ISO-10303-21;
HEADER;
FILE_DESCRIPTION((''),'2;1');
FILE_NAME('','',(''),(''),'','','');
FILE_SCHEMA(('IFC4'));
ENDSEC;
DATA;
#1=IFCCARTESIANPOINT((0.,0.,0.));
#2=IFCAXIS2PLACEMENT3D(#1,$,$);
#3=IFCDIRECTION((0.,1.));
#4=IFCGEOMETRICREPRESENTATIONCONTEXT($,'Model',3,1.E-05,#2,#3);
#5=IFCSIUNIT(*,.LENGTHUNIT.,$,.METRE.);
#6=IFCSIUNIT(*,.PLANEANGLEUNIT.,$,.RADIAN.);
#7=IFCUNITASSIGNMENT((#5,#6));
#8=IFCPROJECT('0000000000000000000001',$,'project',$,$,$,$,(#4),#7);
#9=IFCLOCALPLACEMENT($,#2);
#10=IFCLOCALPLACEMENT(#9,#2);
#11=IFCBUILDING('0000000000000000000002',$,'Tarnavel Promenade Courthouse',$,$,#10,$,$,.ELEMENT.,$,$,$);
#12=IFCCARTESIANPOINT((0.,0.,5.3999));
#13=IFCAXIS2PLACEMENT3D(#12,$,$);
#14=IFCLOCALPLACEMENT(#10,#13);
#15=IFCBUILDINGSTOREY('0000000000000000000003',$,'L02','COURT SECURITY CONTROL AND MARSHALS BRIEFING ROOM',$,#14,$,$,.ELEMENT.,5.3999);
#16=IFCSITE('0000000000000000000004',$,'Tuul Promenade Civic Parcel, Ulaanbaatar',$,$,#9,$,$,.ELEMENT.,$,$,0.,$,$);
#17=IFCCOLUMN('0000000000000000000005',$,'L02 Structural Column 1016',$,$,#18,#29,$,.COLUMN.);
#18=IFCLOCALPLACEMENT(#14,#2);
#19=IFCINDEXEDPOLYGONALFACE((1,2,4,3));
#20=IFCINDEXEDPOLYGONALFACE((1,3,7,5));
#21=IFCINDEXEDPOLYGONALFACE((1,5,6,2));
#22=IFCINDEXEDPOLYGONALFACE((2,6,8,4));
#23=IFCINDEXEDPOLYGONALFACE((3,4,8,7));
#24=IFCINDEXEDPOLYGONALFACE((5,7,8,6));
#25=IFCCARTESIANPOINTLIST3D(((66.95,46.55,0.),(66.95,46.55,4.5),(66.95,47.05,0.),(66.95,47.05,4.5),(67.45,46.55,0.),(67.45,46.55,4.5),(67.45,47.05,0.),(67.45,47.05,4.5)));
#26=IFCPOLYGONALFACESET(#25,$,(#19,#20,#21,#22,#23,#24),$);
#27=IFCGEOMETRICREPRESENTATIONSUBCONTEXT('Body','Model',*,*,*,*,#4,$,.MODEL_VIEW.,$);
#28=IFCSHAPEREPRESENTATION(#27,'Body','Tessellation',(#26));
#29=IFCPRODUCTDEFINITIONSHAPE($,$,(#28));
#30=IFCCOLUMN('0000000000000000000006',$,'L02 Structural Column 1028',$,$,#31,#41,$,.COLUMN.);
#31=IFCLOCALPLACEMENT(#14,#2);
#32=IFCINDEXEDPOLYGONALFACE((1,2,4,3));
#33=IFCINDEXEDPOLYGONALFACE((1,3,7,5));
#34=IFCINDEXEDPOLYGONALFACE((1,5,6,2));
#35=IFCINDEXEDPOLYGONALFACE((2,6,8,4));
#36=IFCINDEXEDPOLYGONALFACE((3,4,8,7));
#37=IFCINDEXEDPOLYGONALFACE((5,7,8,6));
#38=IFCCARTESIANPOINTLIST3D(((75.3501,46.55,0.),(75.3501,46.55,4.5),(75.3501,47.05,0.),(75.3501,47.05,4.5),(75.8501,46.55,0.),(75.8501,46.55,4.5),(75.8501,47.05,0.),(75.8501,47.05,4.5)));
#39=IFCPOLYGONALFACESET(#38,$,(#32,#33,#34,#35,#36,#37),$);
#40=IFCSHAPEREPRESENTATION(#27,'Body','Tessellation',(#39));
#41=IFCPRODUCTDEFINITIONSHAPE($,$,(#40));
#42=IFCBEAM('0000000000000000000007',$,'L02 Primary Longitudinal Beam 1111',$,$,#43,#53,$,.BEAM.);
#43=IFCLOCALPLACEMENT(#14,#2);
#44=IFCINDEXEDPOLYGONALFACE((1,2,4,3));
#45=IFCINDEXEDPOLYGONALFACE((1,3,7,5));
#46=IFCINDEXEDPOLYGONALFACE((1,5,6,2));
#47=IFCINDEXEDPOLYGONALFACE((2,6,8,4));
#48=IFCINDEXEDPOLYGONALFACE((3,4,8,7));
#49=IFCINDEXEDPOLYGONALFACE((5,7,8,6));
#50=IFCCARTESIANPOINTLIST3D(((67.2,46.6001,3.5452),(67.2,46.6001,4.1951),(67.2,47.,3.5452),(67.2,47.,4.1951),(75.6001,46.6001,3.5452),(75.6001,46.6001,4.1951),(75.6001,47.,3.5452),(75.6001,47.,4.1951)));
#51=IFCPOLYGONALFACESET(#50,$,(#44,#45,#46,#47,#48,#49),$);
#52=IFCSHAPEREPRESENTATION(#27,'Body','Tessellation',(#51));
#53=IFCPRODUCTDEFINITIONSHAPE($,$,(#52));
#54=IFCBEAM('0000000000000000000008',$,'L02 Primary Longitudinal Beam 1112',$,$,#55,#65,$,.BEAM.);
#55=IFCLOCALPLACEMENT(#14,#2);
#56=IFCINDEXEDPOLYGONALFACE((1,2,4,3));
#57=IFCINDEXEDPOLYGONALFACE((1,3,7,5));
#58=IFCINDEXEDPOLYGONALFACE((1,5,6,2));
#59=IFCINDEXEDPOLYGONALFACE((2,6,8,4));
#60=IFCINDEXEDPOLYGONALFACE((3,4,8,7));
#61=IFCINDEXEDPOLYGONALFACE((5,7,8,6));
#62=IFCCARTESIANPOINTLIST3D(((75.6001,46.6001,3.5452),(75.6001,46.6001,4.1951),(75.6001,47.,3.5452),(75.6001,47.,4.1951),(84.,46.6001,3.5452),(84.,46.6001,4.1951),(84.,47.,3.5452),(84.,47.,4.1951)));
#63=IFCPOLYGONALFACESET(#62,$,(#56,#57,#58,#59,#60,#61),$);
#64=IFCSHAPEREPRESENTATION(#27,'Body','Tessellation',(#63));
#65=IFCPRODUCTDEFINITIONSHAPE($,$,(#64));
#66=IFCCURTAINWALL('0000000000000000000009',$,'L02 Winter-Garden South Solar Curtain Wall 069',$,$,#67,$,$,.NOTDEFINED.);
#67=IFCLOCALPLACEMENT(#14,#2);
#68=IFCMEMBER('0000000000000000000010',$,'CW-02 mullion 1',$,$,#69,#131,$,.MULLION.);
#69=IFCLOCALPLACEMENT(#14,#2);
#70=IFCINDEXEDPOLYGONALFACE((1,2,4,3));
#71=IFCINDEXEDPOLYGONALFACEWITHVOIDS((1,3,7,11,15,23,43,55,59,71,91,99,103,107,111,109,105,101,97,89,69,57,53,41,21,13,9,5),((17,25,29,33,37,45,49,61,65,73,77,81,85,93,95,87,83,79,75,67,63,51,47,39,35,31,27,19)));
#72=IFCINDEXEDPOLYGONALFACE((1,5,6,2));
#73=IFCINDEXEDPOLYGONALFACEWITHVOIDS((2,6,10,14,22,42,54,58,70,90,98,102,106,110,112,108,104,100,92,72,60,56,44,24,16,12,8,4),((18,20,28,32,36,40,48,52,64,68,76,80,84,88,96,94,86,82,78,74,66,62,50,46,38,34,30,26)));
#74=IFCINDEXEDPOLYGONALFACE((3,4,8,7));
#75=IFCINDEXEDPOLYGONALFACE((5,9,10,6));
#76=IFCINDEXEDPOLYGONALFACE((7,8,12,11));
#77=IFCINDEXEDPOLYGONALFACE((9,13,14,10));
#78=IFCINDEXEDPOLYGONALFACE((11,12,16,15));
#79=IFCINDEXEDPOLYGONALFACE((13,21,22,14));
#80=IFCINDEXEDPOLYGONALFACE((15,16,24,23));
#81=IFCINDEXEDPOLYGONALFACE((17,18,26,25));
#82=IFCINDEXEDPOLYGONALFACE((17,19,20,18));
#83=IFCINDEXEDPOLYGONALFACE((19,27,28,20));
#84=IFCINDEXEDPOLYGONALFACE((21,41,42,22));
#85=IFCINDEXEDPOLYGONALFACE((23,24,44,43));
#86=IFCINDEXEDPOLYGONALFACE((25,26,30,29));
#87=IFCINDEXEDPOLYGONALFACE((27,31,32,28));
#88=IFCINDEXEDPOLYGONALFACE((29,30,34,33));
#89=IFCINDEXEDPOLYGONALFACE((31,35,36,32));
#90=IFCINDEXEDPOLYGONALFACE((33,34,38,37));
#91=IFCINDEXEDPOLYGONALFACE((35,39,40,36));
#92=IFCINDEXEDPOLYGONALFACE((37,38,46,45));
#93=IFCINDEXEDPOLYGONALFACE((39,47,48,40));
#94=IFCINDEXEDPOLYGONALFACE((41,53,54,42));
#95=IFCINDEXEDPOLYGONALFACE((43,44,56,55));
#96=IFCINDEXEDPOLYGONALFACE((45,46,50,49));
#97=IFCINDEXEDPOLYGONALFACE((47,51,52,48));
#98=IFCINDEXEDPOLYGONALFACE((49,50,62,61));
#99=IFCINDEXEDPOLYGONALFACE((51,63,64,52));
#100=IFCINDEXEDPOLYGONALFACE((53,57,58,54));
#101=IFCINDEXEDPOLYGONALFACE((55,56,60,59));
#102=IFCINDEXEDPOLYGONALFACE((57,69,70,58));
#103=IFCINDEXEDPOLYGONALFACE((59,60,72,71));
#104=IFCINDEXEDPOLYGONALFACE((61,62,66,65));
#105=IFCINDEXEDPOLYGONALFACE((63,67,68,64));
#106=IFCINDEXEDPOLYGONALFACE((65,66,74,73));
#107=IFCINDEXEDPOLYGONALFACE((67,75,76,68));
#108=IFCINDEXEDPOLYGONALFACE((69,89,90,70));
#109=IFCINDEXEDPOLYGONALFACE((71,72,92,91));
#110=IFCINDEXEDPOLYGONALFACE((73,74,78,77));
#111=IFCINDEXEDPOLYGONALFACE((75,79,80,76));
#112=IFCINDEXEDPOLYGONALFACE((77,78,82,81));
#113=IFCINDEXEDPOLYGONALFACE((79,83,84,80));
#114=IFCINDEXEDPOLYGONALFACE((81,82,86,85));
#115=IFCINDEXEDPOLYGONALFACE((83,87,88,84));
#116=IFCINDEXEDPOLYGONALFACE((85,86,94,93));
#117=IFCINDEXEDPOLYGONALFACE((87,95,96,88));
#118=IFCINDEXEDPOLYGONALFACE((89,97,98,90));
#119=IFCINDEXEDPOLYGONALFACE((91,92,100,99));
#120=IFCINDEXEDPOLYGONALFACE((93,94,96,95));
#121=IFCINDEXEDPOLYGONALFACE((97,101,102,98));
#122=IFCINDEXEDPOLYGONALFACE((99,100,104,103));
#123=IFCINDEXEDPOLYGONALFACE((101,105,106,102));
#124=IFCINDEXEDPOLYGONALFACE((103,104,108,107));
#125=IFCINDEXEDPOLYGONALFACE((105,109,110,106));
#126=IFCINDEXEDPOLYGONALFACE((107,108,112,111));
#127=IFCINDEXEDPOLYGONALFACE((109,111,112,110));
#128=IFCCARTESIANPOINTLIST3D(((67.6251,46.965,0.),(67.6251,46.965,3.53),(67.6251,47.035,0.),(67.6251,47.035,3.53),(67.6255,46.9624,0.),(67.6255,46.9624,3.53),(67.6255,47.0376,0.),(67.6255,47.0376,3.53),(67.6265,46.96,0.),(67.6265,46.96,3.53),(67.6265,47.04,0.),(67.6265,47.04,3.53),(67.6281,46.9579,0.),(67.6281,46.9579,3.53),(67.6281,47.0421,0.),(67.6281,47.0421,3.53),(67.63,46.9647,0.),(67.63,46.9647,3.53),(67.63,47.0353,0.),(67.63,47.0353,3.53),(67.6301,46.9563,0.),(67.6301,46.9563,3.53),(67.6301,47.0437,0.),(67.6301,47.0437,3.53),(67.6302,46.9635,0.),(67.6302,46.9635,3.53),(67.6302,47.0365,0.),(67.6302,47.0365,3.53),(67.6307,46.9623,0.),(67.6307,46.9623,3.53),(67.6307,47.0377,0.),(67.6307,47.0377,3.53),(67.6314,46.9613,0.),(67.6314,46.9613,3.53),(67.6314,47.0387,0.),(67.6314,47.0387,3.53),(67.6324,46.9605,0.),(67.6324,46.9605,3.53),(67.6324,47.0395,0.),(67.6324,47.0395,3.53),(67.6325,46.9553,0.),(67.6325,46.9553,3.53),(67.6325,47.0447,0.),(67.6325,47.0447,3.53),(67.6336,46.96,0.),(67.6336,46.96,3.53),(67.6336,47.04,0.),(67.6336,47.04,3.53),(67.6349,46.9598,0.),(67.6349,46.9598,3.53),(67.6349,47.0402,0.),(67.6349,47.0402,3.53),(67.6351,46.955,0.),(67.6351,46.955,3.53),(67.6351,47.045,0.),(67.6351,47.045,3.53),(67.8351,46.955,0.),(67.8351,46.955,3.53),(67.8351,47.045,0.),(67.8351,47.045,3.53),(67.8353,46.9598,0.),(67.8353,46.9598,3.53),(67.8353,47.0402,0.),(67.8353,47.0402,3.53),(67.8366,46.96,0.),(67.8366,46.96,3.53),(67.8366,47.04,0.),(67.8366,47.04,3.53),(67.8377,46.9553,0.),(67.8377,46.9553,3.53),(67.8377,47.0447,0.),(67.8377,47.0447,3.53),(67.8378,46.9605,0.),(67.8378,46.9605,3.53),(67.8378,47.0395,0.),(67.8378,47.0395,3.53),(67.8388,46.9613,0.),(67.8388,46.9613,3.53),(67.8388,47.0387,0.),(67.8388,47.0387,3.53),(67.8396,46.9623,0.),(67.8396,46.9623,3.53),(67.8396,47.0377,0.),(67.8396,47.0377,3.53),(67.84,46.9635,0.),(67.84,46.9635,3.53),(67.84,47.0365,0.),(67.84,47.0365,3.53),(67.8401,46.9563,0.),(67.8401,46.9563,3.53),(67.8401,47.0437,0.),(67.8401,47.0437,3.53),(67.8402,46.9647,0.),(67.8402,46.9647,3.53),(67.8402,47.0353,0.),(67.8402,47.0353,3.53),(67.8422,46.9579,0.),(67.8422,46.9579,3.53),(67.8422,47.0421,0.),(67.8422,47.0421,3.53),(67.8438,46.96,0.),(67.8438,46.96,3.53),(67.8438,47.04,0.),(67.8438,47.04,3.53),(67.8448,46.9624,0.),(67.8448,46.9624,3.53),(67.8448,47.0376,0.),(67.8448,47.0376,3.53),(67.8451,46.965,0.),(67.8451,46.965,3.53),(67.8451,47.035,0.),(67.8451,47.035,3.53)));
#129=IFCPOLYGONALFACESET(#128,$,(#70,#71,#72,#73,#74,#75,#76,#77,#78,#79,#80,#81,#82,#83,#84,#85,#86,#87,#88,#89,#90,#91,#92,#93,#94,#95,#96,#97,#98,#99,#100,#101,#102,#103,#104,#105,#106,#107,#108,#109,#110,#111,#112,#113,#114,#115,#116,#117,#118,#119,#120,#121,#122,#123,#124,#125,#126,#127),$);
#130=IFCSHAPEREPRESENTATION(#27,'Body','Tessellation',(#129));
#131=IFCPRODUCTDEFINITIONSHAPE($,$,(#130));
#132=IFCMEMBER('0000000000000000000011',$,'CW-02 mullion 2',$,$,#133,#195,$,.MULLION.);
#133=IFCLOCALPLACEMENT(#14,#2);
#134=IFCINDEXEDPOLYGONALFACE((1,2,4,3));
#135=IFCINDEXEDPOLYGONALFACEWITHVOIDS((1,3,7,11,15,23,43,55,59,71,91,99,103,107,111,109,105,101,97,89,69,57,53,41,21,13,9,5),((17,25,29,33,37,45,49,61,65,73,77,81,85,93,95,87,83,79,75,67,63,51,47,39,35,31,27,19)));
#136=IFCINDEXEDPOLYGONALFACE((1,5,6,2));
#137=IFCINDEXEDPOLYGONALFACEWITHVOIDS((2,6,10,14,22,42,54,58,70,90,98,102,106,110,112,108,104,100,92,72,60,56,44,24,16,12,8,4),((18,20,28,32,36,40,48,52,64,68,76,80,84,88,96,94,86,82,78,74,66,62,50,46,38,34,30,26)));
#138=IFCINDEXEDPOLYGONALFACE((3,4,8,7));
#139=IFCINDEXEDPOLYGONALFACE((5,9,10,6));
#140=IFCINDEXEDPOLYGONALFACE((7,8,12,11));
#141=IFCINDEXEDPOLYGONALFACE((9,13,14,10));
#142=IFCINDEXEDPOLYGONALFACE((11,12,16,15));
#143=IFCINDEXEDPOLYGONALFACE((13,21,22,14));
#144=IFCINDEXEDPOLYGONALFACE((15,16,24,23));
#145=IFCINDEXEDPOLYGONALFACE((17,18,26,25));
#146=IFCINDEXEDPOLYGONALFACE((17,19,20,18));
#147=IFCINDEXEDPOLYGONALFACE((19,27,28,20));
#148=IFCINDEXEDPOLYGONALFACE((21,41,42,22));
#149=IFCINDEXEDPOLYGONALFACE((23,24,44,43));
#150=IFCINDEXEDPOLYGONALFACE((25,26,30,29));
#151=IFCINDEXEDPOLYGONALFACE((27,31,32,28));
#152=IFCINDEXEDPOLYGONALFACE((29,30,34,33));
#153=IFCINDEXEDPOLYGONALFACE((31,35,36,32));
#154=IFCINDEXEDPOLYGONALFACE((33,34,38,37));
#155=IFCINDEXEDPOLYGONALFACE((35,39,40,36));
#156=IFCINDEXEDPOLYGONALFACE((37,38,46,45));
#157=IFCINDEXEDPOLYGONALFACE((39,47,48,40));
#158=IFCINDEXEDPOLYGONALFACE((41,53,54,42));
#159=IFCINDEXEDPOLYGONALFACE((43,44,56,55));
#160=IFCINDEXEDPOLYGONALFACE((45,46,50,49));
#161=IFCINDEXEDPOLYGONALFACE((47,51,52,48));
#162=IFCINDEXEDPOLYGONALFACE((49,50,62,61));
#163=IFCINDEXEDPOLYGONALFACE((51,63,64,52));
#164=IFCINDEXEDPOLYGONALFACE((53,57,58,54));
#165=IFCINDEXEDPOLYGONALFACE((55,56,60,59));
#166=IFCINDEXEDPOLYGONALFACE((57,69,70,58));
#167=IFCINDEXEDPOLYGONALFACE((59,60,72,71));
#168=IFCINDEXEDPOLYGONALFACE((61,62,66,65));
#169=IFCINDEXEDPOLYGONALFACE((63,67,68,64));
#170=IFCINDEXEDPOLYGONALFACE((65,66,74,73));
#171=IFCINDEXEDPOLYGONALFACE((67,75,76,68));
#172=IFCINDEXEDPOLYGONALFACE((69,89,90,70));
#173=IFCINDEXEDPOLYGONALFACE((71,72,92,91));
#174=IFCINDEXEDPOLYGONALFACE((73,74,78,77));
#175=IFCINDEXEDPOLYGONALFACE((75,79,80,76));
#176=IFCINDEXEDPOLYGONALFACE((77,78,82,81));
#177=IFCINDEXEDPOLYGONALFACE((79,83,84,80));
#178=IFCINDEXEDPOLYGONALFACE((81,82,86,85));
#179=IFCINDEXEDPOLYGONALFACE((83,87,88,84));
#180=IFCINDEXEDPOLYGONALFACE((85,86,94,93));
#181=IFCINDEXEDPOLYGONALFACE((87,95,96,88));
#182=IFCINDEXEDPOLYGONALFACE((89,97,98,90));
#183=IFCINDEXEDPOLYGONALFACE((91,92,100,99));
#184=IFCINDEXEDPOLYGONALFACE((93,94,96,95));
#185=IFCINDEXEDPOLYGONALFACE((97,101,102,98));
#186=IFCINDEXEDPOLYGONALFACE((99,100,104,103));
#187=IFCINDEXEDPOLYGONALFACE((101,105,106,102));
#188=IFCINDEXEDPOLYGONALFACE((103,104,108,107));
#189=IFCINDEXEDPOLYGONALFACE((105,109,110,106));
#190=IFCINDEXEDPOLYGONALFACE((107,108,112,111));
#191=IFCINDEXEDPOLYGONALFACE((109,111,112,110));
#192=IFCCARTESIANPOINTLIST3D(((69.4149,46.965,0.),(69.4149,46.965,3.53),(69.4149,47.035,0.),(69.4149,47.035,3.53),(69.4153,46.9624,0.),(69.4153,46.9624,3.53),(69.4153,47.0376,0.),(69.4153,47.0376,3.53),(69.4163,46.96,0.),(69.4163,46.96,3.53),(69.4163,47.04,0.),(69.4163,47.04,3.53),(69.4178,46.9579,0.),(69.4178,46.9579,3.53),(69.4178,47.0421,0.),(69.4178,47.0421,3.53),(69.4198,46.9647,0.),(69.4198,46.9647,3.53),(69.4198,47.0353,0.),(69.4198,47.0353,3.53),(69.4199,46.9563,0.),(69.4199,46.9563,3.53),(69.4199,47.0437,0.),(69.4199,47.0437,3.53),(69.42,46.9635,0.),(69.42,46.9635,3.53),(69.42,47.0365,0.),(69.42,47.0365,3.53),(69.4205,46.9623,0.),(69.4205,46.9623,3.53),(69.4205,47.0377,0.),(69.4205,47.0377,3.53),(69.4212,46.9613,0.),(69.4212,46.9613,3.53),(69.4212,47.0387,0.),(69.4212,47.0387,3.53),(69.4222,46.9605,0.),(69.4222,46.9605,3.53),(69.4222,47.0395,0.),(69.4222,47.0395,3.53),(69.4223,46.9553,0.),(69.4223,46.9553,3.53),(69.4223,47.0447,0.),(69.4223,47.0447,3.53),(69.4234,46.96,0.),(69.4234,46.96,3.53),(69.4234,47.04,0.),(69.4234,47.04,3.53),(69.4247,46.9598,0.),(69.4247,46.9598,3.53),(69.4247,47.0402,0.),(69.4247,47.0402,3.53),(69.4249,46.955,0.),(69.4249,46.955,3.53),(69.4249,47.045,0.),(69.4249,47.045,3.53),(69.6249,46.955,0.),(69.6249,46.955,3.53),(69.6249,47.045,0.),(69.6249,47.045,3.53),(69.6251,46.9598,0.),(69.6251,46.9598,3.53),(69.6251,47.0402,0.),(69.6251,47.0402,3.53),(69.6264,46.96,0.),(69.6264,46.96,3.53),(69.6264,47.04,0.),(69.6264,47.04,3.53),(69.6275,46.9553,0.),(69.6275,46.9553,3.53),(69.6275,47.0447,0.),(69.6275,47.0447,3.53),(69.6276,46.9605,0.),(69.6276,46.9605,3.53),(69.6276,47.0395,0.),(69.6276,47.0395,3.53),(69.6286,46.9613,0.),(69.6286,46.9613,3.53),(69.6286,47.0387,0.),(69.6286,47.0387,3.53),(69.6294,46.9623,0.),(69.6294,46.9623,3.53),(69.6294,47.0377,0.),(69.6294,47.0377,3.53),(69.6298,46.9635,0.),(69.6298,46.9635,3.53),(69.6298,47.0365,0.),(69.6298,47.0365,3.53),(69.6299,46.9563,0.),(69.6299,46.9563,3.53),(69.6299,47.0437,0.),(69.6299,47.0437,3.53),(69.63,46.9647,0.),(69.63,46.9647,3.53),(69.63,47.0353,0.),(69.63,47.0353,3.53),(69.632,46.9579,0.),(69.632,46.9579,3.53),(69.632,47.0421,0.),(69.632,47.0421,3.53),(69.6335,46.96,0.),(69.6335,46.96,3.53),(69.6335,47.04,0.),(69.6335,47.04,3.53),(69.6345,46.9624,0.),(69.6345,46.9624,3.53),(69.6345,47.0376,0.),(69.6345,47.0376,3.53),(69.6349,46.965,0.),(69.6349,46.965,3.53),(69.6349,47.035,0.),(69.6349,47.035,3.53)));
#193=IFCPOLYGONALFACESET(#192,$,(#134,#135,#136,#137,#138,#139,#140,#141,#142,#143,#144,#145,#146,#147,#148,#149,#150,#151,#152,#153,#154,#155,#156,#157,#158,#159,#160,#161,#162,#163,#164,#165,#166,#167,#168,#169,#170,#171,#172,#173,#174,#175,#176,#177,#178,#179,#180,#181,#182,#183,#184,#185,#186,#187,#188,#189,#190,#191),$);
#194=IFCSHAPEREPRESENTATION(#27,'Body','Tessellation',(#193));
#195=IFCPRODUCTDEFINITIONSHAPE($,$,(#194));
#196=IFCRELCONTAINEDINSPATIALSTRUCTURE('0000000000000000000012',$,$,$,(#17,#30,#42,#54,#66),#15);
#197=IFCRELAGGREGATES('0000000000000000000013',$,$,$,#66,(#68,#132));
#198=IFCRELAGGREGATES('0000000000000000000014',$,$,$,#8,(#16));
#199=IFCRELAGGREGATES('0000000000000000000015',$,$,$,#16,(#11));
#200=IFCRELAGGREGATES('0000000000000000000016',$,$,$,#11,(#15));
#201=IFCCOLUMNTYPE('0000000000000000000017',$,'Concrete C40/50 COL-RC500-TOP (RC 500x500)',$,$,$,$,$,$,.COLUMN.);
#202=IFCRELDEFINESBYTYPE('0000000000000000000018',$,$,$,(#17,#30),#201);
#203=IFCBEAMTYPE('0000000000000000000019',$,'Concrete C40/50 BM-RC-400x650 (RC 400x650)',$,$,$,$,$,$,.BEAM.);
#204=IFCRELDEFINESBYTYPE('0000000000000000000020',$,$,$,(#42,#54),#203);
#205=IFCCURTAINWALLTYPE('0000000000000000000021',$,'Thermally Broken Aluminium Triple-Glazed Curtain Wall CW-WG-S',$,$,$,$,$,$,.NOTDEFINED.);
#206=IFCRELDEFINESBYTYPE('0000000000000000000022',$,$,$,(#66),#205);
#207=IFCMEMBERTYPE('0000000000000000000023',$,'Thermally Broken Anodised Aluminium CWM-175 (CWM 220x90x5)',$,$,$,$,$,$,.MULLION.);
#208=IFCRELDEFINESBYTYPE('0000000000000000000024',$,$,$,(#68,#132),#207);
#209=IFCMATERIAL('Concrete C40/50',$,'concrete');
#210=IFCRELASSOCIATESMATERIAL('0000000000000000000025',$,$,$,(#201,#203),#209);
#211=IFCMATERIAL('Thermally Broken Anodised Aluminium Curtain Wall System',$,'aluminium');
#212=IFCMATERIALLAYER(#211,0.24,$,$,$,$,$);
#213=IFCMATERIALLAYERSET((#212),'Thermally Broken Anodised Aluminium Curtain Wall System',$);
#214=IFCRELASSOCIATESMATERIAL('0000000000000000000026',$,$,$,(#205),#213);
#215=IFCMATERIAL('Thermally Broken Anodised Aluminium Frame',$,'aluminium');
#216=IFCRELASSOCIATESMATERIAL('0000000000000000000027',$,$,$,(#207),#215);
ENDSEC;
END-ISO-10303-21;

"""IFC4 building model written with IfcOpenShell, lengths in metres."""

from ifc_helpers import new_model, si_unit, direction, frame, origin, origin_2d, place, context, subcontext, project, spatial, rectangle, hollow_rectangle, extrude, material, layer, layer_set, material_profile, profile_set, type_object, element, aggregate, save


model = new_model("IFC4")

# Units and contexts
model_context = context("Model", 3, precision=1e-05, world=origin(), true_north=direction((0.0, 1.0)))
body_context = subcontext(model_context, "Body", "Model", "MODEL_VIEW")
ifc_project = project(units=[si_unit("LENGTHUNIT", "METRE"), si_unit("PLANEANGLEUNIT", "RADIAN")], contexts=[model_context])

# Site, building, storey
site_placement = place(None, origin())
site = spatial("IfcSite", under=ifc_project, at=site_placement, Name="Tuul Promenade Civic Parcel, Ulaanbaatar", CompositionType="ELEMENT", RefElevation=0.0)
building_placement = place(site_placement, origin())
building = spatial("IfcBuilding", under=site, at=building_placement, Name="Tarnavel Promenade Courthouse", CompositionType="ELEMENT")
storey_placement = place(building_placement, frame((0.0, 0.0, 5.3999)))
storey = spatial("IfcBuildingStorey", under=building, at=storey_placement, Name="L02", Description="COURT SECURITY CONTROL AND MARSHALS BRIEFING ROOM", CompositionType="ELEMENT", Elevation=5.3999)

# Columns
ifc_material_1 = material(Name="Concrete C40/50", Category="concrete")
ifc_material_profile_1 = material_profile(ifc_material_1, rectangle(XDim=0.5, YDim=0.5, at=origin_2d()), Name="RC 500x500")
ifc_profile_set_1 = profile_set([ifc_material_profile_1], Name="Concrete C40/50")
column_type = type_object("IfcColumnType", Name="Concrete C40/50 COL-RC500-TOP (RC 500x500)", PredefinedType="COLUMN", material=ifc_profile_set_1)
for number, where, z_axis, x_axis, name in (
    (1, (67.2, 46.8, 0.0), (0.0, 0.0, 1.0), (1.0, 0.0, 0.0), "L02 Structural Column 1016"),
    (2, (75.6001, 46.8, 0.0), (0.0, 0.0, 1.0), (1.0, 0.0, 0.0), "L02 Structural Column 1028"),
):
    element("IfcColumn", number, at=place(storey_placement, frame(where, z_axis=z_axis, x_axis=x_axis)), inside=storey, type_object=column_type, Name=name, PredefinedType="COLUMN", context=body_context, shape_type="SweptSolid", body=[
        extrude(rectangle(XDim=0.5, YDim=0.5, at=origin_2d()), origin(), (0.0, 0.0, 1.0), 4.5),
    ])

# Beams
ifc_material_profile_2 = material_profile(ifc_material_1, rectangle(XDim=0.3999, YDim=0.6499, at=origin_2d()), Name="RC 400x650")
ifc_profile_set_2 = profile_set([ifc_material_profile_2], Name="Concrete C40/50")
beam_type = type_object("IfcBeamType", Name="Concrete C40/50 BM-RC-400x650 (RC 400x650)", PredefinedType="BEAM", material=ifc_profile_set_2)
beam_1_placement = place(storey_placement, frame((67.2, 46.8, 3.8701), z_axis=(1.0, 0.0, 0.0), x_axis=(0.0, 1.0, 0.0)))
element("IfcBeam", 3, at=beam_1_placement, inside=storey, type_object=beam_type, Name="L02 Primary Longitudinal Beam 1111", PredefinedType="BEAM", context=body_context, shape_type="SweptSolid", body=[
    extrude(rectangle(XDim=0.3999, YDim=0.6499, at=origin_2d()), origin(), (0.0, 0.0, 1.0), 8.4001),
])
beam_2_placement = place(storey_placement, frame((75.6001, 46.8, 3.8701), z_axis=(1.0, 0.0, 0.0), x_axis=(0.0, 1.0, 0.0)))
element("IfcBeam", 4, at=beam_2_placement, inside=storey, type_object=beam_type, Name="L02 Primary Longitudinal Beam 1112", PredefinedType="BEAM", context=body_context, shape_type="SweptSolid", body=[
    extrude(rectangle(XDim=0.3999, YDim=0.6499, at=origin_2d()), origin(), (0.0, 0.0, 1.0), 8.3999),
])

# Curtain wall, members
ifc_material_2 = material(Name="Thermally Broken Anodised Aluminium Curtain Wall System", Category="aluminium")
ifc_layer_1 = layer(ifc_material_2, 0.24)
ifc_layer_set_1 = layer_set([ifc_layer_1], Name="Thermally Broken Anodised Aluminium Curtain Wall System")
curtain_wall_type = type_object("IfcCurtainWallType", Name="Thermally Broken Aluminium Triple-Glazed Curtain Wall CW-WG-S", PredefinedType="NOTDEFINED", material=ifc_layer_set_1)
curtain_wall_1_placement = place(storey_placement, origin())
curtain_wall_1 = element("IfcCurtainWall", 5, at=curtain_wall_1_placement, inside=storey, type_object=curtain_wall_type, Name="L02 Winter-Garden South Solar Curtain Wall 069", PredefinedType="NOTDEFINED")
ifc_material_3 = material(Name="Thermally Broken Anodised Aluminium Frame", Category="aluminium")
ifc_material_profile_3 = material_profile(ifc_material_3, hollow_rectangle(XDim=0.0901, YDim=0.22, WallThickness=0.0049, InnerFilletRadius=0.0049, OuterFilletRadius=0.01, at=origin_2d()), Name="CWM 220x90x5")
ifc_profile_set_3 = profile_set([ifc_material_profile_3], Name="Thermally Broken Anodised Aluminium Frame")
member_type_1 = type_object("IfcMemberType", Name="Thermally Broken Anodised Aluminium CWM-175 (CWM 220x90x5)", PredefinedType="MULLION", material=ifc_profile_set_3)
member_1_placement = place(storey_placement, frame((67.7351, 47.0, 0.0), z_axis=(0.0, 0.0, 1.0), x_axis=(0.0, 1.0, 0.0)))
member_1 = element("IfcMember", 6, at=member_1_placement, type_object=member_type_1, Name="CW-02 mullion 1", PredefinedType="MULLION", context=body_context, shape_type="SweptSolid", body=[
    extrude(hollow_rectangle(XDim=0.0901, YDim=0.22, WallThickness=0.0049, InnerFilletRadius=0.0049, OuterFilletRadius=0.01, at=origin_2d()), origin(), (0.0, 0.0, 1.0), 3.53),
])
member_2_placement = place(storey_placement, frame((69.5249, 47.0, 0.0), z_axis=(0.0, 0.0, 1.0), x_axis=(0.0, 1.0, 0.0)))
member_2 = element("IfcMember", 7, at=member_2_placement, type_object=member_type_1, Name="CW-02 mullion 2", PredefinedType="MULLION", context=body_context, shape_type="SweptSolid", body=[
    extrude(hollow_rectangle(XDim=0.0901, YDim=0.22, WallThickness=0.0049, InnerFilletRadius=0.0049, OuterFilletRadius=0.01, at=origin_2d()), origin(), (0.0, 0.0, 1.0), 3.53),
])

aggregate(curtain_wall_1, [member_1, member_2])

save(model, "model.ifc")
